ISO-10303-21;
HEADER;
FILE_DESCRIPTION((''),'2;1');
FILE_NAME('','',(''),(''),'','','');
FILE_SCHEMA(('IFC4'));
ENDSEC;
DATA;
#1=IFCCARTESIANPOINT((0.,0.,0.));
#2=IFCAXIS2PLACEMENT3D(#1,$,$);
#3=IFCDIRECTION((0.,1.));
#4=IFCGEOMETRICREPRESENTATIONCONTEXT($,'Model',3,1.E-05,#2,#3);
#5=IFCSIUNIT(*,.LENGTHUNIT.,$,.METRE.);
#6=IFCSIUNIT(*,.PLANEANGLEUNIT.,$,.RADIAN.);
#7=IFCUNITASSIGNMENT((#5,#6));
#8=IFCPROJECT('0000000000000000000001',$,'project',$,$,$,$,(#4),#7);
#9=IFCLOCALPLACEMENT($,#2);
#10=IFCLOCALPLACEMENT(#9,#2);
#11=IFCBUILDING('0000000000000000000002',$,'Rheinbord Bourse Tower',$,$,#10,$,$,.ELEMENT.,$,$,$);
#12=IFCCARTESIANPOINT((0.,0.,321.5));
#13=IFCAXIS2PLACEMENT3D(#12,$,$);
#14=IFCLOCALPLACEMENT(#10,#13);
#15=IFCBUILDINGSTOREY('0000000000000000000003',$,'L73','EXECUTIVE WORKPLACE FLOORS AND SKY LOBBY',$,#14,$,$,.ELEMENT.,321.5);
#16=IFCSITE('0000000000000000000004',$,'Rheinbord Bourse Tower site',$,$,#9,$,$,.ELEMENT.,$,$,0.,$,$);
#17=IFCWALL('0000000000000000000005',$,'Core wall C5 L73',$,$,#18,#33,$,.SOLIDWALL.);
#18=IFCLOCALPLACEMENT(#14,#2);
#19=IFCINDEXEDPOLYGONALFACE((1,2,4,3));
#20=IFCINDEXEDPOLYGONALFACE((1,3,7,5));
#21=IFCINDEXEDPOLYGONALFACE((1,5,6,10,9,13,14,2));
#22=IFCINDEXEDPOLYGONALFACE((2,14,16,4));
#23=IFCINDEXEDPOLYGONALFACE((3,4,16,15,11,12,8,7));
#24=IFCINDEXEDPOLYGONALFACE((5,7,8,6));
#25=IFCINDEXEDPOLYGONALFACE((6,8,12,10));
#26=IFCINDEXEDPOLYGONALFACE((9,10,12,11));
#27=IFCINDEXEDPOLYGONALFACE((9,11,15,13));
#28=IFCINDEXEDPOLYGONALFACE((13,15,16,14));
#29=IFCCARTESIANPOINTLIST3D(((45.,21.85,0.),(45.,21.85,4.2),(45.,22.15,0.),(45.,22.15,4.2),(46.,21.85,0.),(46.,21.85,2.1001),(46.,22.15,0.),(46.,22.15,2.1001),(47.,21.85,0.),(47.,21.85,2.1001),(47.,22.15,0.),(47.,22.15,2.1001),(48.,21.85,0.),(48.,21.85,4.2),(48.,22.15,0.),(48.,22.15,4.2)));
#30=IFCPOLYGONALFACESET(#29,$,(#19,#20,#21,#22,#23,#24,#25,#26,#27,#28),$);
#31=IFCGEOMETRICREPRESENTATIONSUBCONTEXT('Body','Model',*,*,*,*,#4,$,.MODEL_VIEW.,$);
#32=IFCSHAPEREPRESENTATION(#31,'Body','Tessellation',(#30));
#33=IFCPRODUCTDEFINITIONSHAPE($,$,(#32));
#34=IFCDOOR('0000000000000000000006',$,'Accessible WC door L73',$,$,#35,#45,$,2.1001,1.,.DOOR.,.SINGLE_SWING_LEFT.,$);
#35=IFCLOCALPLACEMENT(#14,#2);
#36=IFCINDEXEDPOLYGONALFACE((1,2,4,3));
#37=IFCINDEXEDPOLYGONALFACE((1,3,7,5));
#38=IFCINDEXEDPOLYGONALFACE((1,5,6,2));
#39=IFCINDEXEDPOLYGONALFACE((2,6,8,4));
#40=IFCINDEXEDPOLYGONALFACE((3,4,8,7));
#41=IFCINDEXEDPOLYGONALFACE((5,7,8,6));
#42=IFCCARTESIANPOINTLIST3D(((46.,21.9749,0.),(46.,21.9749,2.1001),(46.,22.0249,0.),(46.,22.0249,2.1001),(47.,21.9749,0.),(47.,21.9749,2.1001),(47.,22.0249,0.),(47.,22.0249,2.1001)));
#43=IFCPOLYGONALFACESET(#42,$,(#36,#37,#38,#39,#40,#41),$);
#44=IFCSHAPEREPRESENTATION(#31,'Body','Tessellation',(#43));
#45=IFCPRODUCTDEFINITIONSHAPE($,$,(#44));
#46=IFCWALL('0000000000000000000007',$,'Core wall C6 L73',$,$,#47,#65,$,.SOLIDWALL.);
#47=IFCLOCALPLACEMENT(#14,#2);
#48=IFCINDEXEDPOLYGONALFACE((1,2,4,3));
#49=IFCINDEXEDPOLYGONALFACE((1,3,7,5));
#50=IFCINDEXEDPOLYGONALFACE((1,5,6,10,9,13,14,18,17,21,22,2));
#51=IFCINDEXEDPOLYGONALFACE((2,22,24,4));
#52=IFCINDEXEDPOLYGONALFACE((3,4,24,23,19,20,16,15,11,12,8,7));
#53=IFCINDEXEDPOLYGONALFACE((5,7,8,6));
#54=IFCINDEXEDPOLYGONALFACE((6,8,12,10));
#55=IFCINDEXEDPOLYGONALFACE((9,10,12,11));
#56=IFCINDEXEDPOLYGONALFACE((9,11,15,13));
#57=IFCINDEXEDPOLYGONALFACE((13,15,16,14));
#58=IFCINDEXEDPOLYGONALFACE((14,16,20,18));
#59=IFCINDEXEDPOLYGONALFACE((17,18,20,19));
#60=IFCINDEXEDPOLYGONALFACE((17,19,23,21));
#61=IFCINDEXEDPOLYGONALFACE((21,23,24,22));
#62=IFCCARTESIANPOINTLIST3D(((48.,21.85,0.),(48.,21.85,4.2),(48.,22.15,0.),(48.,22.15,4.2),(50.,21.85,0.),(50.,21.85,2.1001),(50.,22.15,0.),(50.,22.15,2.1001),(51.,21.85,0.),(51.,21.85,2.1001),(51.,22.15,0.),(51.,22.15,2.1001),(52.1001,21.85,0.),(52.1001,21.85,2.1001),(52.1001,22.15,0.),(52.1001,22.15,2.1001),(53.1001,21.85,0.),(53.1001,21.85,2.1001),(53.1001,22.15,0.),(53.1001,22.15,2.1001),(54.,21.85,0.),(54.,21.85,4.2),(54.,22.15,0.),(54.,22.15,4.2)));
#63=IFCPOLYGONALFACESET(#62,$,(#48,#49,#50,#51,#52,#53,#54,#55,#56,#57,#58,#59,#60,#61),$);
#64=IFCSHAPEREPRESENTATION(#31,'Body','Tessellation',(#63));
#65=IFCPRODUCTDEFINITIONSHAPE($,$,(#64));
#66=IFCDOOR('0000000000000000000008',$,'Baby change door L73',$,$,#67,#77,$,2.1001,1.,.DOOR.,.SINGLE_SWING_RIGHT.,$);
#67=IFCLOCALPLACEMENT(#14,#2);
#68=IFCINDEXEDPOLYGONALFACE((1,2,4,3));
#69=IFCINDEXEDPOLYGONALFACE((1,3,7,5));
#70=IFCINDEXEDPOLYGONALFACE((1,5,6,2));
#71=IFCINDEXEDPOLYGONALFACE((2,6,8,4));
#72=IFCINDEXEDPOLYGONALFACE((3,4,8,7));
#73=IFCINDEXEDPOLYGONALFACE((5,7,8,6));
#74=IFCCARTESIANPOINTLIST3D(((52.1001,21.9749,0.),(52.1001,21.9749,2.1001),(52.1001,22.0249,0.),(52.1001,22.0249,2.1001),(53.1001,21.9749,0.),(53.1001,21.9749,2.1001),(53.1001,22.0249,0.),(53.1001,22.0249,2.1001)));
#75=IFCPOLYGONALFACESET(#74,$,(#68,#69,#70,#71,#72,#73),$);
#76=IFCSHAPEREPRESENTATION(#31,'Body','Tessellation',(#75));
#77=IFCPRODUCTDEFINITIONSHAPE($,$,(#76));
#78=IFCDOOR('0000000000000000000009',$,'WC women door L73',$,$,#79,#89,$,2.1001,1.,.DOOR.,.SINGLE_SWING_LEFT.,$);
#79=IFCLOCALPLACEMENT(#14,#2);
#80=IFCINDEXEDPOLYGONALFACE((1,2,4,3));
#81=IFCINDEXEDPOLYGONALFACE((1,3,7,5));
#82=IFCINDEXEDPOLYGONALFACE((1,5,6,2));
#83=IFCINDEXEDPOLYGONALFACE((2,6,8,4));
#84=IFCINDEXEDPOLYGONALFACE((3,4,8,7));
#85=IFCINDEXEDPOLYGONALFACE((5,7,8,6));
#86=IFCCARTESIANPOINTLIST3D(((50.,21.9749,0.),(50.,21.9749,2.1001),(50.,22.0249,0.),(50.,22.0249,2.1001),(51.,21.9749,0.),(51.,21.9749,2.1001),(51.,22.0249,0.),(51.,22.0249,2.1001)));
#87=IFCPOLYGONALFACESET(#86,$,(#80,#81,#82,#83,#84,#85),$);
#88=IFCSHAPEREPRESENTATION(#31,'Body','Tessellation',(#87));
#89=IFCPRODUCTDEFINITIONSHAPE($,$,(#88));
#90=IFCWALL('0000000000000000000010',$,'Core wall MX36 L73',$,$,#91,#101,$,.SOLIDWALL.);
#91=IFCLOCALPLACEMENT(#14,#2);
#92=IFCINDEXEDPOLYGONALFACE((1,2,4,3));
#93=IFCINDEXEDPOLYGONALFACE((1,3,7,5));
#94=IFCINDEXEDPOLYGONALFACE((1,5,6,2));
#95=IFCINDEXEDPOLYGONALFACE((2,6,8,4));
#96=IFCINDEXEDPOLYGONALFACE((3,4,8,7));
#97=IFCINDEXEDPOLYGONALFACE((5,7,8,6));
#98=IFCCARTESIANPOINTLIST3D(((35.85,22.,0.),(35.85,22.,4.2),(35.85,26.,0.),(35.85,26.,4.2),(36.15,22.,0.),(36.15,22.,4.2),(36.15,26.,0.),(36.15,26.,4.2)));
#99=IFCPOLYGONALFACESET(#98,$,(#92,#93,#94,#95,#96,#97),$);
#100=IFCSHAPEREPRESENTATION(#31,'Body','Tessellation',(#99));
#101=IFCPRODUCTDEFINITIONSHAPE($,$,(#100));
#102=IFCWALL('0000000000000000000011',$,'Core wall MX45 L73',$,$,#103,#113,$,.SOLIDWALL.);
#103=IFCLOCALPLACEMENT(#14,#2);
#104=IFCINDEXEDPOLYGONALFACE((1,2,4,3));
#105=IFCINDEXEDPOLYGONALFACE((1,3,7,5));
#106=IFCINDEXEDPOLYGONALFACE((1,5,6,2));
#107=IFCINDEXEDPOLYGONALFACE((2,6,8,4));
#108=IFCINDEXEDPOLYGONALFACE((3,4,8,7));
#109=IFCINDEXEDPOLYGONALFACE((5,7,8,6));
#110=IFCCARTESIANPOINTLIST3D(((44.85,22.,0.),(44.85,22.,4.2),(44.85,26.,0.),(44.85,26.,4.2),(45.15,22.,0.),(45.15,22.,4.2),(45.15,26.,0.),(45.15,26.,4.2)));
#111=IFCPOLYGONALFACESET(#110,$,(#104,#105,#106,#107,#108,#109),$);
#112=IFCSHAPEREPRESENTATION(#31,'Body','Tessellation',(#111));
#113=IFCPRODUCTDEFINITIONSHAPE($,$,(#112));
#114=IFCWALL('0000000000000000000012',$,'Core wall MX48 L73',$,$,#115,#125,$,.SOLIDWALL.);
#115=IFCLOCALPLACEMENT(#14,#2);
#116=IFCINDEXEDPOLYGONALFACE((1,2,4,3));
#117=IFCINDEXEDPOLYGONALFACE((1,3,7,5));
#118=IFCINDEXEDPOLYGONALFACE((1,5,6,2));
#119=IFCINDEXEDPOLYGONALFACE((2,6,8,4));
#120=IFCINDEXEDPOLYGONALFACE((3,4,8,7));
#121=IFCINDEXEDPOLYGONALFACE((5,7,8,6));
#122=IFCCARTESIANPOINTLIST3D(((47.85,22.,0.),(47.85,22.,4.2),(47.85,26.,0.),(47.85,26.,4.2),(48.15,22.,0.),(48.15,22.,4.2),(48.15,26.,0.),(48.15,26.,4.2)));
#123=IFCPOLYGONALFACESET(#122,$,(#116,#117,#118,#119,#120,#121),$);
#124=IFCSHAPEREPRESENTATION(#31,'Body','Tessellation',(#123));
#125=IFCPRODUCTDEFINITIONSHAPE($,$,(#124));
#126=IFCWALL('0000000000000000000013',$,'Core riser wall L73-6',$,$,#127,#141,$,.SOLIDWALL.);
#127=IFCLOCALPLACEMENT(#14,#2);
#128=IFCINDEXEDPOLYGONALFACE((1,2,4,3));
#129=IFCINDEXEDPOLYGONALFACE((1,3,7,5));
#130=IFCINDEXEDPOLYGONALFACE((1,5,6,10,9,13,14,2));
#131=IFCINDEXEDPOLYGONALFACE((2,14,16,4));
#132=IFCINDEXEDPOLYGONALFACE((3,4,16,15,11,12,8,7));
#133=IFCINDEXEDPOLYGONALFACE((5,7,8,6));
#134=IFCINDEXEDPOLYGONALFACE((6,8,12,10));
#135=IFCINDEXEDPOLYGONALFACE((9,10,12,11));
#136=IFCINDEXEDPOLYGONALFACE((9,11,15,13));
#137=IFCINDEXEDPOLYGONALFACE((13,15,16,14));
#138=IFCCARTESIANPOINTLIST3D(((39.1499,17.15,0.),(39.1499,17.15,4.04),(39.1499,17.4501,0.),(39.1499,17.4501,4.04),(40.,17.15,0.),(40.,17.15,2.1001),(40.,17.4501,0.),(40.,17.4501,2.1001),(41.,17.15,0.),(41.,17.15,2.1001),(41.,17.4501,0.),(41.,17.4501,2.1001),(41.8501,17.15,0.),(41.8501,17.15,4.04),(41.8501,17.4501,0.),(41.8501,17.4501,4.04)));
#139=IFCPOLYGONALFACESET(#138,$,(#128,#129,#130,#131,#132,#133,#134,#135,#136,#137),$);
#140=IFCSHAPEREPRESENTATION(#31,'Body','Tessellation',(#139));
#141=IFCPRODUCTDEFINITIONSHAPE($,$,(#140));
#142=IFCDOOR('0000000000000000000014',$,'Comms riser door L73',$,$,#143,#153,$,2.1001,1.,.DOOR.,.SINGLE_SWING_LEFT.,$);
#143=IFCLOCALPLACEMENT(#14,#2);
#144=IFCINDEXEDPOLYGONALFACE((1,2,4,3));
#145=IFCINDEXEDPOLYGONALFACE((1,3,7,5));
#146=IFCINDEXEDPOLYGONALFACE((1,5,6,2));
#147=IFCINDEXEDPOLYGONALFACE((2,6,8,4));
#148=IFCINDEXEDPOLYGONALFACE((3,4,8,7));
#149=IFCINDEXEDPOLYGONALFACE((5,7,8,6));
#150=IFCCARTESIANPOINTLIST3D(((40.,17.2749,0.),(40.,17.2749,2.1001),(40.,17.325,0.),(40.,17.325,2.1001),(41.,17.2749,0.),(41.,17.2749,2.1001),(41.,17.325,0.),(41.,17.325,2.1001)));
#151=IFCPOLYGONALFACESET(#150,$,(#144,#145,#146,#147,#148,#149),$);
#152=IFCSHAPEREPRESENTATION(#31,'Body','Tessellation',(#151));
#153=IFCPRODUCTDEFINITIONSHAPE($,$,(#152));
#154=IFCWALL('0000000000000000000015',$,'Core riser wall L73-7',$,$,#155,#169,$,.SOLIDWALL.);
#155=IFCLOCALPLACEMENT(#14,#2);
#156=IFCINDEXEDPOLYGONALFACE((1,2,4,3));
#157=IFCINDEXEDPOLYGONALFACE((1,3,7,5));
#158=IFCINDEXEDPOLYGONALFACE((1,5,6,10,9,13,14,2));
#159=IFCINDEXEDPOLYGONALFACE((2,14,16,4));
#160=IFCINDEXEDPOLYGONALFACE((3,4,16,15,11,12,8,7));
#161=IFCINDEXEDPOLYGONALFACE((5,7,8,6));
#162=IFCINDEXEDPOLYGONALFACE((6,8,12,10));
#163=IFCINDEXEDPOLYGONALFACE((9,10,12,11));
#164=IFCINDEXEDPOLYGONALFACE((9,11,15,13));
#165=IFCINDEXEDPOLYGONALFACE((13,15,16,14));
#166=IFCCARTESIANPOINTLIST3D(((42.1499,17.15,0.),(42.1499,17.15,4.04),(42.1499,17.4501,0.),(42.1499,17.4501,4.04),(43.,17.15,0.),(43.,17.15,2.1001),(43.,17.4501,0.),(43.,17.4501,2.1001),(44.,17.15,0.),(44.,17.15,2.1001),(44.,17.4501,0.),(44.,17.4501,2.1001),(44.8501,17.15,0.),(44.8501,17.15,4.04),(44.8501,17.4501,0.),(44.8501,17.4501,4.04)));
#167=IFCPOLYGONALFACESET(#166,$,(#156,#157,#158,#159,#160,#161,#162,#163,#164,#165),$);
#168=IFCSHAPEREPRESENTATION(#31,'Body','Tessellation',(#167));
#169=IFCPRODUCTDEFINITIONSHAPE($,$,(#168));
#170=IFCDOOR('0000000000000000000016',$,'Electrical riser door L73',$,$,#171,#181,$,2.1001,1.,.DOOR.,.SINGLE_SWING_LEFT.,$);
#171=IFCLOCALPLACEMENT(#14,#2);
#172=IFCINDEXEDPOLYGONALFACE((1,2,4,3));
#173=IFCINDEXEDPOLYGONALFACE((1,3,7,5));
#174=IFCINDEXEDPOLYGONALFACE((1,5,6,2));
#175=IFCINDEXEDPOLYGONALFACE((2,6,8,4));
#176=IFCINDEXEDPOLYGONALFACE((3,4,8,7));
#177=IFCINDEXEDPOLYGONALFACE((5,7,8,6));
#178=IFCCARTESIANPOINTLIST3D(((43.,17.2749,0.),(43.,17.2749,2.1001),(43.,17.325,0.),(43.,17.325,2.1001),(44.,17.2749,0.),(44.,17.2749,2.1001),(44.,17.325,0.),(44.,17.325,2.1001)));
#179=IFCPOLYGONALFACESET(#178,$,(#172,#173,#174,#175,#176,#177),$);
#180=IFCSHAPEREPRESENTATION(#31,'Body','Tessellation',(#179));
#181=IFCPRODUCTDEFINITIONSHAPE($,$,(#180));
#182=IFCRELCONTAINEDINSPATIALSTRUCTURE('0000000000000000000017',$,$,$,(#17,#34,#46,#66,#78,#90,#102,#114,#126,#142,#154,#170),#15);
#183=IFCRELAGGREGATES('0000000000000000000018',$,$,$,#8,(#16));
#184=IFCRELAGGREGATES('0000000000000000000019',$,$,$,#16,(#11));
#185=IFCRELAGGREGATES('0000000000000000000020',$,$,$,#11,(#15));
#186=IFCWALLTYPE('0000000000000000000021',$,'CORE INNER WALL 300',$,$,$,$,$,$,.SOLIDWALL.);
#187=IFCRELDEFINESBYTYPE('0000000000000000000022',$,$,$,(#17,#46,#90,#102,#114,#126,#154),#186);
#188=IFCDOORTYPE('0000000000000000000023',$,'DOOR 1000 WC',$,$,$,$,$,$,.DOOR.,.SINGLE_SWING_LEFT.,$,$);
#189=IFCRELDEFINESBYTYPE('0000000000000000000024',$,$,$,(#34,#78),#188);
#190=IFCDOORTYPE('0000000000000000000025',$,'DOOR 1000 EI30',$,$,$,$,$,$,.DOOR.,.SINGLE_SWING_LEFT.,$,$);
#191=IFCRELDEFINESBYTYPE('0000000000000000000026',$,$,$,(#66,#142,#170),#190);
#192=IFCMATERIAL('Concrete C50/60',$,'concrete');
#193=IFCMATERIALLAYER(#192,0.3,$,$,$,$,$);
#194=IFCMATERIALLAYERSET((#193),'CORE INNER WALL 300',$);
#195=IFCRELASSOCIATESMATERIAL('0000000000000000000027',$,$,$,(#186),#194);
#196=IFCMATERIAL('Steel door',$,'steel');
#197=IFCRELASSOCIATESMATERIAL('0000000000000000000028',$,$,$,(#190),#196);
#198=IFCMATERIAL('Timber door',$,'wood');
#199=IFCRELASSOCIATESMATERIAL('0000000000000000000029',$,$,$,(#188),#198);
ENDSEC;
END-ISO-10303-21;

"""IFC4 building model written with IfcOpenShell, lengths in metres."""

from ifc_helpers import new_model, si_unit, direction, frame, frame_2d, origin, place, context, subcontext, project, spatial, rectangle, extrude, material, layer, layer_set, type_object, element, fill, save


model = new_model("IFC4")

# Units and contexts
model_context = context("Model", 3, precision=1e-05, world=origin(), true_north=direction((0.0, 1.0)))
body_context = subcontext(model_context, "Body", "Model", "MODEL_VIEW")
ifc_project = project(units=[si_unit("LENGTHUNIT", "METRE"), si_unit("PLANEANGLEUNIT", "RADIAN")], contexts=[model_context])

# Site, building, storey
site_placement = place(None, origin())
site = spatial("IfcSite", under=ifc_project, at=site_placement, Name="Rheinbord Bourse Tower site", CompositionType="ELEMENT", RefElevation=0.0)
building_placement = place(site_placement, origin())
building = spatial("IfcBuilding", under=site, at=building_placement, Name="Rheinbord Bourse Tower", CompositionType="ELEMENT")
storey_placement = place(building_placement, frame((0.0, 0.0, 321.5)))
storey = spatial("IfcBuildingStorey", under=building, at=storey_placement, Name="L73", Description="EXECUTIVE WORKPLACE FLOORS AND SKY LOBBY", CompositionType="ELEMENT", Elevation=321.5)

# Wall, opening, door
ifc_material_1 = material(Name="Concrete C50/60", Category="concrete")
ifc_layer_1 = layer(ifc_material_1, 0.3)
ifc_layer_set_1 = layer_set([ifc_layer_1], Name="CORE INNER WALL 300")
wall_type_1 = type_object("IfcWallType", Name="CORE INNER WALL 300", PredefinedType="SOLIDWALL", material=ifc_layer_set_1)
ifc_material_2 = material(Name="Steel door", Category="steel")
door_type_1 = type_object("IfcDoorType", Name="DOOR 1000 EI30", OperationType="SINGLE_SWING_LEFT", PredefinedType="DOOR", material=ifc_material_2)
wall_1_placement = place(storey_placement, frame((45.0, 22.0, 0.0), z_axis=(0.0, 0.0, 1.0), x_axis=(1.0, 0.0, 0.0)))
wall_1 = element("IfcWall", 1, at=wall_1_placement, inside=storey, type_object=wall_type_1, Name="Core wall C5 L73", PredefinedType="SOLIDWALL", context=body_context, shape_type="SweptSolid", body=[
    extrude(rectangle(XDim=3.0, YDim=0.3, at=frame_2d((1.5, 0.0))), origin(), (0.0, 0.0, 1.0), 4.2),
])
opening_1_placement = place(wall_1_placement, frame((1.0, 0.0, 0.0)))
opening_1 = element("IfcOpeningElement", 2, at=opening_1_placement, cuts=wall_1, PredefinedType="OPENING", context=body_context, shape_type="SweptSolid", body=[
    extrude(rectangle(XDim=1.0, YDim=2.1001, at=frame_2d((0.5, 1.05))), frame((0.0, 0.1599, 0.0), z_axis=(0.0, -1.0, 0.0), x_axis=(1.0, 0.0, 0.0)), (0.0, 0.0, 1.0), 0.3201),
])
ifc_material_3 = material(Name="Timber door", Category="wood")
door_type_2 = type_object("IfcDoorType", Name="DOOR 1000 WC", OperationType="SINGLE_SWING_LEFT", PredefinedType="DOOR", material=ifc_material_3)
door_1_placement = place(opening_1_placement, origin())
door_1 = element("IfcDoor", 3, at=door_1_placement, inside=storey, type_object=door_type_2, Name="Accessible WC door L73", OperationType="SINGLE_SWING_LEFT", OverallHeight=2.1001, OverallWidth=1.0, PredefinedType="DOOR", context=body_context, shape_type="SweptSolid", body=[
    extrude(rectangle(XDim=1.0, YDim=2.1001, at=frame_2d((0.5, 1.05))), frame((0.0, 0.0249, 0.0), z_axis=(0.0, -1.0, 0.0), x_axis=(1.0, 0.0, 0.0)), (0.0, 0.0, 1.0), 0.05),
])
fill(opening_1, door_1)

# Wall, openings, doors
wall_2_placement = place(storey_placement, frame((48.0, 22.0, 0.0), z_axis=(0.0, 0.0, 1.0), x_axis=(1.0, 0.0, 0.0)))
wall_2 = element("IfcWall", 4, at=wall_2_placement, inside=storey, type_object=wall_type_1, Name="Core wall C6 L73", PredefinedType="SOLIDWALL", context=body_context, shape_type="SweptSolid", body=[
    extrude(rectangle(XDim=6.0, YDim=0.3, at=frame_2d((3.0, 0.0))), origin(), (0.0, 0.0, 1.0), 4.2),
])
opening_2_placement = place(wall_2_placement, frame((2.0, 0.0, 0.0)))
opening_2 = element("IfcOpeningElement", 5, at=opening_2_placement, cuts=wall_2, PredefinedType="OPENING", context=body_context, shape_type="SweptSolid", body=[
    extrude(rectangle(XDim=1.0, YDim=2.1001, at=frame_2d((0.5, 1.05))), frame((0.0, 0.1599, 0.0), z_axis=(0.0, -1.0, 0.0), x_axis=(1.0, 0.0, 0.0)), (0.0, 0.0, 1.0), 0.3201),
])
opening_3_placement = place(wall_2_placement, frame((4.1001, 0.0, 0.0)))
opening_3 = element("IfcOpeningElement", 6, at=opening_3_placement, cuts=wall_2, PredefinedType="OPENING", context=body_context, shape_type="SweptSolid", body=[
    extrude(rectangle(XDim=1.0, YDim=2.1001, at=frame_2d((0.5, 1.05))), frame((0.0, 0.1599, 0.0), z_axis=(0.0, -1.0, 0.0), x_axis=(1.0, 0.0, 0.0)), (0.0, 0.0, 1.0), 0.3201),
])
door_2_placement = place(opening_3_placement, origin())
door_2 = element("IfcDoor", 7, at=door_2_placement, inside=storey, type_object=door_type_1, Name="Baby change door L73", OperationType="SINGLE_SWING_RIGHT", OverallHeight=2.1001, OverallWidth=1.0, PredefinedType="DOOR", context=body_context, shape_type="SweptSolid", body=[
    extrude(rectangle(XDim=1.0, YDim=2.1001, at=frame_2d((0.5, 1.05))), frame((0.0, 0.0249, 0.0), z_axis=(0.0, -1.0, 0.0), x_axis=(1.0, 0.0, 0.0)), (0.0, 0.0, 1.0), 0.05),
])
fill(opening_3, door_2)
door_3_placement = place(opening_2_placement, origin())
door_3 = element("IfcDoor", 8, at=door_3_placement, inside=storey, type_object=door_type_2, Name="WC women door L73", OperationType="SINGLE_SWING_LEFT", OverallHeight=2.1001, OverallWidth=1.0, PredefinedType="DOOR", context=body_context, shape_type="SweptSolid", body=[
    extrude(rectangle(XDim=1.0, YDim=2.1001, at=frame_2d((0.5, 1.05))), frame((0.0, 0.0249, 0.0), z_axis=(0.0, -1.0, 0.0), x_axis=(1.0, 0.0, 0.0)), (0.0, 0.0, 1.0), 0.05),
])
fill(opening_2, door_3)

# Walls
for number, where, z_axis, x_axis, name in (
    (9, (36.0, 22.0, 0.0), (0.0, 0.0, 1.0), (0.0, 1.0, 0.0), "Core wall MX36 L73"),
    (10, (45.0, 22.0, 0.0), (0.0, 0.0, 1.0), (0.0, 1.0, 0.0), "Core wall MX45 L73"),
    (11, (48.0, 22.0, 0.0), (0.0, 0.0, 1.0), (0.0, 1.0, 0.0), "Core wall MX48 L73"),
):
    element("IfcWall", number, at=place(storey_placement, frame(where, z_axis=z_axis, x_axis=x_axis)), inside=storey, type_object=wall_type_1, Name=name, PredefinedType="SOLIDWALL", context=body_context, shape_type="SweptSolid", body=[
        extrude(rectangle(XDim=4.0, YDim=0.3, at=frame_2d((2.0, 0.0))), origin(), (0.0, 0.0, 1.0), 4.2),
    ])

# Walls, openings, doors
wall_3_placement = place(storey_placement, frame((39.1499, 17.3, 0.0), z_axis=(0.0, 0.0, 1.0), x_axis=(1.0, 0.0, 0.0)))
wall_3 = element("IfcWall", 12, at=wall_3_placement, inside=storey, type_object=wall_type_1, Name="Core riser wall L73-6", PredefinedType="SOLIDWALL", context=body_context, shape_type="SweptSolid", body=[
    extrude(rectangle(XDim=2.7002, YDim=0.3, at=frame_2d((1.3501, 0.0))), origin(), (0.0, 0.0, 1.0), 4.04),
])
opening_4_placement = place(wall_3_placement, frame((0.8501, 0.0, 0.0)))
opening_4 = element("IfcOpeningElement", 13, at=opening_4_placement, cuts=wall_3, PredefinedType="OPENING", context=body_context, shape_type="SweptSolid", body=[
    extrude(rectangle(XDim=1.0, YDim=2.1001, at=frame_2d((0.5, 1.05))), frame((0.0, 0.1599, 0.0), z_axis=(0.0, -1.0, 0.0), x_axis=(1.0, 0.0, 0.0)), (0.0, 0.0, 1.0), 0.3201),
])
door_4_placement = place(opening_4_placement, origin())
door_4 = element("IfcDoor", 14, at=door_4_placement, inside=storey, type_object=door_type_1, Name="Comms riser door L73", OperationType="SINGLE_SWING_LEFT", OverallHeight=2.1001, OverallWidth=1.0, PredefinedType="DOOR", context=body_context, shape_type="SweptSolid", body=[
    extrude(rectangle(XDim=1.0, YDim=2.1001, at=frame_2d((0.5, 1.05))), frame((0.0, 0.0249, 0.0), z_axis=(0.0, -1.0, 0.0), x_axis=(1.0, 0.0, 0.0)), (0.0, 0.0, 1.0), 0.05),
])
fill(opening_4, door_4)
wall_4_placement = place(storey_placement, frame((42.1499, 17.3, 0.0), z_axis=(0.0, 0.0, 1.0), x_axis=(1.0, 0.0, 0.0)))
wall_4 = element("IfcWall", 15, at=wall_4_placement, inside=storey, type_object=wall_type_1, Name="Core riser wall L73-7", PredefinedType="SOLIDWALL", context=body_context, shape_type="SweptSolid", body=[
    extrude(rectangle(XDim=2.7002, YDim=0.3, at=frame_2d((1.3501, 0.0))), origin(), (0.0, 0.0, 1.0), 4.04),
])
opening_5_placement = place(wall_4_placement, frame((0.8501, 0.0, 0.0)))
opening_5 = element("IfcOpeningElement", 16, at=opening_5_placement, cuts=wall_4, PredefinedType="OPENING", context=body_context, shape_type="SweptSolid", body=[
    extrude(rectangle(XDim=1.0, YDim=2.1001, at=frame_2d((0.5, 1.05))), frame((0.0, 0.1599, 0.0), z_axis=(0.0, -1.0, 0.0), x_axis=(1.0, 0.0, 0.0)), (0.0, 0.0, 1.0), 0.3201),
])
door_5_placement = place(opening_5_placement, origin())
door_5 = element("IfcDoor", 17, at=door_5_placement, inside=storey, type_object=door_type_1, Name="Electrical riser door L73", OperationType="SINGLE_SWING_LEFT", OverallHeight=2.1001, OverallWidth=1.0, PredefinedType="DOOR", context=body_context, shape_type="SweptSolid", body=[
    extrude(rectangle(XDim=1.0, YDim=2.1001, at=frame_2d((0.5, 1.05))), frame((0.0, 0.0249, 0.0), z_axis=(0.0, -1.0, 0.0), x_axis=(1.0, 0.0, 0.0)), (0.0, 0.0, 1.0), 0.05),
])
fill(opening_5, door_5)

save(model, "model.ifc")
